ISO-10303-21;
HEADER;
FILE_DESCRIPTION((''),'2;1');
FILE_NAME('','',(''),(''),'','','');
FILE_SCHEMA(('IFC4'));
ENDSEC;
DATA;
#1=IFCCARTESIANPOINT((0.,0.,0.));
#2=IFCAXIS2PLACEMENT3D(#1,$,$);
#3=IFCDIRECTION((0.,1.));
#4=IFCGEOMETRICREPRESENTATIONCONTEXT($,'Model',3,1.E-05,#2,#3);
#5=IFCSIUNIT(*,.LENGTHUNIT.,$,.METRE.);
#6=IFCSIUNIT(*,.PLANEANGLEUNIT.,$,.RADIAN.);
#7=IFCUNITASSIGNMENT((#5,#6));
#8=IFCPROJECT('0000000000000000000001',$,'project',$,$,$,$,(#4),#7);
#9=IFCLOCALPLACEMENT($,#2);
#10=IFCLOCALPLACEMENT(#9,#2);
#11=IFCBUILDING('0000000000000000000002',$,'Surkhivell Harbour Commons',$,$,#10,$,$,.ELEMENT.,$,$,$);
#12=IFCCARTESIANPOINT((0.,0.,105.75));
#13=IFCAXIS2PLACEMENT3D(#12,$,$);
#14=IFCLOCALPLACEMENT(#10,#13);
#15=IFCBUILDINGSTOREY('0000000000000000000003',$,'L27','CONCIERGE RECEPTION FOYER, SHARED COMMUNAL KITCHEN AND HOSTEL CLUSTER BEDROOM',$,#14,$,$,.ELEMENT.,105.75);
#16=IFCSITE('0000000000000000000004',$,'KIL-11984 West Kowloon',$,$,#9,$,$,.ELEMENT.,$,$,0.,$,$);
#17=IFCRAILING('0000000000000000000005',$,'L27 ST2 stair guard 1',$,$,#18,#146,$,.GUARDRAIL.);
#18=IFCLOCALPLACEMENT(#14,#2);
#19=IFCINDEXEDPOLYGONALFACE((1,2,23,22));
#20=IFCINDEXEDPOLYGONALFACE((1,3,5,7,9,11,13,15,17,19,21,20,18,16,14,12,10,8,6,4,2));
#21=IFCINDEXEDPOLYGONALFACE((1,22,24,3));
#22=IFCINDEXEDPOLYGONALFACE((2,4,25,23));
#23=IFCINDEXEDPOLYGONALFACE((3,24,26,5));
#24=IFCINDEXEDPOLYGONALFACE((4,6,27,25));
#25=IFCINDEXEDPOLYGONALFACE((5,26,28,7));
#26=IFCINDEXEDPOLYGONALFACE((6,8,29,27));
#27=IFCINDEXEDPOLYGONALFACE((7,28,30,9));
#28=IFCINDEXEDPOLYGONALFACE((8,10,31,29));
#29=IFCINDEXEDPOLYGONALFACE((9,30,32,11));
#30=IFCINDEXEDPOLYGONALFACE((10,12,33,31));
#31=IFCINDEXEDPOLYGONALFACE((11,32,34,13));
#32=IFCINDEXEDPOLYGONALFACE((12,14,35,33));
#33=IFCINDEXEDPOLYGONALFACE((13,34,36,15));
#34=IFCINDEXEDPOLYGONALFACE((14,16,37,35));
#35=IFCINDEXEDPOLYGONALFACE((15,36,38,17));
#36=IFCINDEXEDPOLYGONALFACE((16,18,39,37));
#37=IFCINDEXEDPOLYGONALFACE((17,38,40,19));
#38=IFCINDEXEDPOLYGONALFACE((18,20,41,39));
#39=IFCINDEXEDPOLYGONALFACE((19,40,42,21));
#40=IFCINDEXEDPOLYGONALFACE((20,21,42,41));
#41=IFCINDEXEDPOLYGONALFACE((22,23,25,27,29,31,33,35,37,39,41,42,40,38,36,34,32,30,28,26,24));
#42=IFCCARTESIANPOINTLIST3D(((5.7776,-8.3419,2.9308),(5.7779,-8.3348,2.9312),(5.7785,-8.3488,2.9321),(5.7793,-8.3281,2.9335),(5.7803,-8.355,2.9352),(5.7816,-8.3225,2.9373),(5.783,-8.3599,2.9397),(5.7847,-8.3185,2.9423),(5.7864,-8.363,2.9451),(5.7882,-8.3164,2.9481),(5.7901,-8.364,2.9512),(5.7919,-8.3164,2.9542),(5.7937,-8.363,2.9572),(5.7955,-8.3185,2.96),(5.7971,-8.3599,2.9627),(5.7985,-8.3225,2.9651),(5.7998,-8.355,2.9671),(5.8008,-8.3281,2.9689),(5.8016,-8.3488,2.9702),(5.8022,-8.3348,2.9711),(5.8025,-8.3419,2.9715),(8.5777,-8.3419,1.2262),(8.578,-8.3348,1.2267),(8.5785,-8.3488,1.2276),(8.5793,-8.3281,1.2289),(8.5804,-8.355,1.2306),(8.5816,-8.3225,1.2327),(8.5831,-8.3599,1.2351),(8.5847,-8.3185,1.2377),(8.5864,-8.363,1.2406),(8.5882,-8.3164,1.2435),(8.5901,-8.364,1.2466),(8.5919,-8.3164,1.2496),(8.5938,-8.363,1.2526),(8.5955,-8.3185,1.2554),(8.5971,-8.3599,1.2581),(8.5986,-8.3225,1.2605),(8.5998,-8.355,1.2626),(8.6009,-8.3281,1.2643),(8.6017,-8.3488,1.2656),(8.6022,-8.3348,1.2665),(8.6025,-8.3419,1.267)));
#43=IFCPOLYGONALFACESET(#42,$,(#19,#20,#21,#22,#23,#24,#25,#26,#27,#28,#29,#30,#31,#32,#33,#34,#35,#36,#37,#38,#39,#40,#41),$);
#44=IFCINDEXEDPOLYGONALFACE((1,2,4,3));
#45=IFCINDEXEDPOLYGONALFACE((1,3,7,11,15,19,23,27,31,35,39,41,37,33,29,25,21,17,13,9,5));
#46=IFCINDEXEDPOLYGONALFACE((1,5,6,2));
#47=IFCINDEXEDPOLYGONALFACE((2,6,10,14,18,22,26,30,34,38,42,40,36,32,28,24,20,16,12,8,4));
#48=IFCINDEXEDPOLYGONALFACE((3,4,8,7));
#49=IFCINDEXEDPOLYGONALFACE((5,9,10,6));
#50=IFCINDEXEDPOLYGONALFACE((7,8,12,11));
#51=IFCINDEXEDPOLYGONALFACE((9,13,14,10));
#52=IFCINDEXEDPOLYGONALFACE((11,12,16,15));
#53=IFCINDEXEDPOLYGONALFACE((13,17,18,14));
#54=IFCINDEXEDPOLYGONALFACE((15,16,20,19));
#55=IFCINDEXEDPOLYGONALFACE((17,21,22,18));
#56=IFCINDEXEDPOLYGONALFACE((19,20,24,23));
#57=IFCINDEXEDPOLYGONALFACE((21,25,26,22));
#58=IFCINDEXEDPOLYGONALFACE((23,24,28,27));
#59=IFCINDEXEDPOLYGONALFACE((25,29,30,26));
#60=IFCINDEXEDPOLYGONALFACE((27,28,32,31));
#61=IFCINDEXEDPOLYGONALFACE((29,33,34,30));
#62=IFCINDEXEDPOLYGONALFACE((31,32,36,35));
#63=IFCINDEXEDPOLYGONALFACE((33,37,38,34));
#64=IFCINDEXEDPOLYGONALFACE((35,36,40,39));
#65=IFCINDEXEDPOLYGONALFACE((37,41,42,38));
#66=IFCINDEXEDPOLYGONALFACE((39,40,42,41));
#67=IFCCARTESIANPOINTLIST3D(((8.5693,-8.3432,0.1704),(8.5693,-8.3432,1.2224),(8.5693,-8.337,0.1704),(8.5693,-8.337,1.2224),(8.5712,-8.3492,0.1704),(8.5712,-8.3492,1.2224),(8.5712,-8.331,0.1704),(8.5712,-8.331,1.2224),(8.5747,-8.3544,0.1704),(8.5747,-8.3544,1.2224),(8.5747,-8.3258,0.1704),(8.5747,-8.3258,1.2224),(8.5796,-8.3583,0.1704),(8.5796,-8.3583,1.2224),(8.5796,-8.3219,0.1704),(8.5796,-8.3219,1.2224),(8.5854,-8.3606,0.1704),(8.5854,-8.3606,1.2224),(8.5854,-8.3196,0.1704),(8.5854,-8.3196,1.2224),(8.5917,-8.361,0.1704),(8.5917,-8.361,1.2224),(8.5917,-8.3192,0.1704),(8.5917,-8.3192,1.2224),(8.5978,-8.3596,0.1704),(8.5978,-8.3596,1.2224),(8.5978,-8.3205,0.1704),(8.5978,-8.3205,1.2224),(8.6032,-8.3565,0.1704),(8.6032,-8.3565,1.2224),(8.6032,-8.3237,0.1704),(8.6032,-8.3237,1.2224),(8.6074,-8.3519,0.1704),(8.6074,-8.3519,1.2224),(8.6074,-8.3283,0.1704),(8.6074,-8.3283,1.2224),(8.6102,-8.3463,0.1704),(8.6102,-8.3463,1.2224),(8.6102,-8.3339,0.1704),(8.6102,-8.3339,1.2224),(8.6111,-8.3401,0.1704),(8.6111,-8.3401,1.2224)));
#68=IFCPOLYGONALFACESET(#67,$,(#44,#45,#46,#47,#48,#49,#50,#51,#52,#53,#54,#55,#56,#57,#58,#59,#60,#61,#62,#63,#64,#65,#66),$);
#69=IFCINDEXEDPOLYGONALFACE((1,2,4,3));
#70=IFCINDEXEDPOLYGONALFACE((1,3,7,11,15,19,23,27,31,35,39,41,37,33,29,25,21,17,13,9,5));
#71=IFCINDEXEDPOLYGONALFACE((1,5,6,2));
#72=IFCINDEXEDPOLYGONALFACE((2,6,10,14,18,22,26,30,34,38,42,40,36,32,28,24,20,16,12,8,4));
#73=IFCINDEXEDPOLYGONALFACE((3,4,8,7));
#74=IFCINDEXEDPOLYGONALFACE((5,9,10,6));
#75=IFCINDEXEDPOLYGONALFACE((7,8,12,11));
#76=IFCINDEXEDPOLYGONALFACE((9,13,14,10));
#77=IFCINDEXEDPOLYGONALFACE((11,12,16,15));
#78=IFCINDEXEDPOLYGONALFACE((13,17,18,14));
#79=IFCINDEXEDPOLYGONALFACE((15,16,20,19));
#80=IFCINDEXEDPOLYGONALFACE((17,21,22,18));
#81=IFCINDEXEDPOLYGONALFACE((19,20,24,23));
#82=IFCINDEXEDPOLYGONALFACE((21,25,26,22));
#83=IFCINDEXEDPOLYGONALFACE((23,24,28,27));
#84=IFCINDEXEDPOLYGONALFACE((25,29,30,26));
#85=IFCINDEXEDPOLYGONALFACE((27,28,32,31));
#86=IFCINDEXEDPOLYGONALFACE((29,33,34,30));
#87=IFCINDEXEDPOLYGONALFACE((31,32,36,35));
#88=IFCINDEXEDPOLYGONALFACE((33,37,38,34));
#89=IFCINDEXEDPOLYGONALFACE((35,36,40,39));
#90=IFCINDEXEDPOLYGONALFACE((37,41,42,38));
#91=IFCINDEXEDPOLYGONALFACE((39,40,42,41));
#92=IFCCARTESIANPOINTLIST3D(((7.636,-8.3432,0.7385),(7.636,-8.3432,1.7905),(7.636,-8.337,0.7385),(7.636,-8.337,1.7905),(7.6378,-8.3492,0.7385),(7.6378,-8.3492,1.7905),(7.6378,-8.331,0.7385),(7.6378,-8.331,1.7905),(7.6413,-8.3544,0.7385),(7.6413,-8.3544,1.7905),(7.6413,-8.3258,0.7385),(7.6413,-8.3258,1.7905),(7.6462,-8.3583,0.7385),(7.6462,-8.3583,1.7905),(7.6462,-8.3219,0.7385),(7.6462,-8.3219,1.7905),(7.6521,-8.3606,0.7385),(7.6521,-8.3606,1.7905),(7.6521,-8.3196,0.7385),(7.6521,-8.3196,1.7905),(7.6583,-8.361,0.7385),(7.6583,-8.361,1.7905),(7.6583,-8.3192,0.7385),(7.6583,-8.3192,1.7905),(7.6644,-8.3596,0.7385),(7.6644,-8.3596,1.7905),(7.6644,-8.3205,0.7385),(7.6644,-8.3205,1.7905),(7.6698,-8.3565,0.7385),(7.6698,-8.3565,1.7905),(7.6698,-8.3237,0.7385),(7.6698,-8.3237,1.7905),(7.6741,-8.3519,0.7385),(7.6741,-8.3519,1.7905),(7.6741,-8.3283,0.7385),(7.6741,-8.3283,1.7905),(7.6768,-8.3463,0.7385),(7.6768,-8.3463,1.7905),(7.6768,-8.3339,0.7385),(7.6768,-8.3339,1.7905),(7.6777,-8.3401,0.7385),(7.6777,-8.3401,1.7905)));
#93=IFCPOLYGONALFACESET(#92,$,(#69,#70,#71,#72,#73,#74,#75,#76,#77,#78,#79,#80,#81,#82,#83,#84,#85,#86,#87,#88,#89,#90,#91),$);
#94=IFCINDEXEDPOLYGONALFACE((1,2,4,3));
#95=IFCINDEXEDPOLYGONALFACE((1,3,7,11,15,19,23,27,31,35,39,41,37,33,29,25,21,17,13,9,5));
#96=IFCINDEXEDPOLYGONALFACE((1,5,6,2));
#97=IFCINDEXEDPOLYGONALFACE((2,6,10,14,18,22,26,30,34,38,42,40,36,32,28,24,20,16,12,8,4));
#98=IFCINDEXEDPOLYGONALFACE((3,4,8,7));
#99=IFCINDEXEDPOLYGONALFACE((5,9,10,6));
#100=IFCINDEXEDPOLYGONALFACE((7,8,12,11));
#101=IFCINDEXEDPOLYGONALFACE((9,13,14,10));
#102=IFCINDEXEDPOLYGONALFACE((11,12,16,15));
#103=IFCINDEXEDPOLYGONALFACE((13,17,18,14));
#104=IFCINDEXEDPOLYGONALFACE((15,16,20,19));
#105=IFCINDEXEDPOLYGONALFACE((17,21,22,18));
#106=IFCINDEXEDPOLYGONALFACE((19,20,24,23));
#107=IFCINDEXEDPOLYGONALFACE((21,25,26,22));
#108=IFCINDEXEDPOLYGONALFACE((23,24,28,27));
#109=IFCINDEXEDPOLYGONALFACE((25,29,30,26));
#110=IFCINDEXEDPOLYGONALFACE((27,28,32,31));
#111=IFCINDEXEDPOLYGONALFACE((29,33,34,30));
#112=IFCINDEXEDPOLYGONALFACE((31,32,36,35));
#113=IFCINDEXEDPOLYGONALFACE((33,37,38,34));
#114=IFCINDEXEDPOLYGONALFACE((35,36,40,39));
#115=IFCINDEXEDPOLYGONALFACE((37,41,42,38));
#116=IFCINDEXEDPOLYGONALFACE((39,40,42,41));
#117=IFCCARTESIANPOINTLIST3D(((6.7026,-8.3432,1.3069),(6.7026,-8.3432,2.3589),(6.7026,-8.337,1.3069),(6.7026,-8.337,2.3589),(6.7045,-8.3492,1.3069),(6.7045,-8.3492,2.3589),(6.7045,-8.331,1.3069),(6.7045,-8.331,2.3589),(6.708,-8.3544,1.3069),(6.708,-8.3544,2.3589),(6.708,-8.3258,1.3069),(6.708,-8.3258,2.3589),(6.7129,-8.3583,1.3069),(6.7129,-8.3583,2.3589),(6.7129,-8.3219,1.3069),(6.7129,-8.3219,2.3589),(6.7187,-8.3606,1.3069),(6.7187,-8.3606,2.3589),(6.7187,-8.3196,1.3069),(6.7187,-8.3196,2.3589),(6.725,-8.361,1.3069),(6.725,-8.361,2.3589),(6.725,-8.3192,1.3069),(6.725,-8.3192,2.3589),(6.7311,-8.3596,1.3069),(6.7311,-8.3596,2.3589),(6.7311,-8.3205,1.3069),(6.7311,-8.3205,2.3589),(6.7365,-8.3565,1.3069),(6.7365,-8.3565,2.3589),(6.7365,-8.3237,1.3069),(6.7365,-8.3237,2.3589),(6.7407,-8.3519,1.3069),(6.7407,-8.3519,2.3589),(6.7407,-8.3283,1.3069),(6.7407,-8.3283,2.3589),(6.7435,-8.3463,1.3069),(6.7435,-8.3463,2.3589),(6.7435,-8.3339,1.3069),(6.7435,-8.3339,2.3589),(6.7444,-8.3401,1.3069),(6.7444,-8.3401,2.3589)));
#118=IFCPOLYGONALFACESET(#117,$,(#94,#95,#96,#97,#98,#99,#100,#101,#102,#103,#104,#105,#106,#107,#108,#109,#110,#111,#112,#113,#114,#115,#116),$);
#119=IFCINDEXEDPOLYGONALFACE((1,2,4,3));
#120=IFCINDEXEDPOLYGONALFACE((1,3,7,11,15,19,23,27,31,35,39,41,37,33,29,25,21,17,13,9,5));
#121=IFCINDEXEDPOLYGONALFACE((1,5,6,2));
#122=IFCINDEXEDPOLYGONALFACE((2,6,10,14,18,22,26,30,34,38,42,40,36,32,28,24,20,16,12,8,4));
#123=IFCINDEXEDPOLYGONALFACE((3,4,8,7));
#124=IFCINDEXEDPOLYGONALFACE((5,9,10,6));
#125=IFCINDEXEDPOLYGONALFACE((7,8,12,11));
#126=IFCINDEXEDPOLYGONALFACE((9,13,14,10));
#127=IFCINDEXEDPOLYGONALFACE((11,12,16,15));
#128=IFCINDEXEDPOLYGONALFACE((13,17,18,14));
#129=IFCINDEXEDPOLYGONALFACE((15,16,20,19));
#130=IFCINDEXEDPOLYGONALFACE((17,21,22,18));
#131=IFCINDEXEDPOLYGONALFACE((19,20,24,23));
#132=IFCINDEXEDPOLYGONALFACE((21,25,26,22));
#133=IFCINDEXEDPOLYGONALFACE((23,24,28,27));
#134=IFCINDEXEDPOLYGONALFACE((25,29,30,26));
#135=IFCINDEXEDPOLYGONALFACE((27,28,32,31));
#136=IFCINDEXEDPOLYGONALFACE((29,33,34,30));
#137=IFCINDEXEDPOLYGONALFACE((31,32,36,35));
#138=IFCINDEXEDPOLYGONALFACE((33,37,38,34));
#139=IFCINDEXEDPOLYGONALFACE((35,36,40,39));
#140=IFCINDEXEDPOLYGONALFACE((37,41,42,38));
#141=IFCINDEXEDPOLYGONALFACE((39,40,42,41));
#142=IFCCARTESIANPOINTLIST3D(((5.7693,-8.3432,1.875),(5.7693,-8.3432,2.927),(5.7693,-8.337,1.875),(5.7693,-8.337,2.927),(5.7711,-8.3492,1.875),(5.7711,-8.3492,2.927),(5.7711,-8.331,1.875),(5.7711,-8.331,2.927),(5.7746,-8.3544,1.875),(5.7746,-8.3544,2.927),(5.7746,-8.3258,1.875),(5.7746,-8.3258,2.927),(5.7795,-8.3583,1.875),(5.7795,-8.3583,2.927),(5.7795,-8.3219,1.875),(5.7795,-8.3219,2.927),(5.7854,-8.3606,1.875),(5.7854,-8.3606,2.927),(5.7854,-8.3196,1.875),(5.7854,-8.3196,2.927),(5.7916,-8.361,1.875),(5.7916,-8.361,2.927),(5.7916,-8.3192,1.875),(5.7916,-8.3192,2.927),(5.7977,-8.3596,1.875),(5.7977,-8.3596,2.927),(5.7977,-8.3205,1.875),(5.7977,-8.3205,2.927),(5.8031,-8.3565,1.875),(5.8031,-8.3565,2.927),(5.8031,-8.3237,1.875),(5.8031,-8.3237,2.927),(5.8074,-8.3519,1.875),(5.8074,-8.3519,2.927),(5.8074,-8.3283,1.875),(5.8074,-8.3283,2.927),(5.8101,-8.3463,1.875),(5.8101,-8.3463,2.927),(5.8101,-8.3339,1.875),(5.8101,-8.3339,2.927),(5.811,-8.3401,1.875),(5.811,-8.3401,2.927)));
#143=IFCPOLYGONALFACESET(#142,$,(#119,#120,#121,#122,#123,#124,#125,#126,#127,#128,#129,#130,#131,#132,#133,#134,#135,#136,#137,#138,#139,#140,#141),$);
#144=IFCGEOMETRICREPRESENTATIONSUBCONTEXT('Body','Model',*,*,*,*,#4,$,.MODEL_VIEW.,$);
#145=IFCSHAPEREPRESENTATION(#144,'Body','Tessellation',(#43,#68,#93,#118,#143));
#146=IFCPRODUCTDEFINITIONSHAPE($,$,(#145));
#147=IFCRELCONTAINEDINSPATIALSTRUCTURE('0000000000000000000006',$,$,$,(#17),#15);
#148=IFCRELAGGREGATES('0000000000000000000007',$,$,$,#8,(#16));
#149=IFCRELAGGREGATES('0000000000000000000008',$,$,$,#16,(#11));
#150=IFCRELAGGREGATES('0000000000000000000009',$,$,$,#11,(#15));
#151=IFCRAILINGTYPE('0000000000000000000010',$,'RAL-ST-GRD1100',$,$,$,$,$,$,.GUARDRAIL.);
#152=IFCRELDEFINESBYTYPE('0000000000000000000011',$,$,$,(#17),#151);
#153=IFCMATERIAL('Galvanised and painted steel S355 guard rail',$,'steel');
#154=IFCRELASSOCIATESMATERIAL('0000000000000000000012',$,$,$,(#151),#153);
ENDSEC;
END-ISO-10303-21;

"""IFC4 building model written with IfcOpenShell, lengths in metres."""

from ifc_helpers import new_model, si_unit, direction, frame, origin, origin_2d, place, context, subcontext, project, spatial, circle, extrude, material, type_object, element, save


model = new_model("IFC4")

# Units and contexts
model_context = context("Model", 3, precision=1e-05, world=origin(), true_north=direction((0.0, 1.0)))
body_context = subcontext(model_context, "Body", "Model", "MODEL_VIEW")
ifc_project = project(units=[si_unit("LENGTHUNIT", "METRE"), si_unit("PLANEANGLEUNIT", "RADIAN")], contexts=[model_context])

# Site, building, storey
site_placement = place(None, origin())
site = spatial("IfcSite", under=ifc_project, at=site_placement, Name="KIL-11984 West Kowloon", CompositionType="ELEMENT", RefElevation=0.0)
building_placement = place(site_placement, origin())
building = spatial("IfcBuilding", under=site, at=building_placement, Name="Surkhivell Harbour Commons", CompositionType="ELEMENT")
storey_placement = place(building_placement, frame((0.0, 0.0, 105.75)))
storey = spatial("IfcBuildingStorey", under=building, at=storey_placement, Name="L27", Description="CONCIERGE RECEPTION FOYER, SHARED COMMUNAL KITCHEN AND HOSTEL CLUSTER BEDROOM", CompositionType="ELEMENT", Elevation=105.75)

# Railing
ifc_material_1 = material(Name="Galvanised and painted steel S355 guard rail", Category="steel")
railing_type_1 = type_object("IfcRailingType", Name="RAL-ST-GRD1100", PredefinedType="GUARDRAIL", material=ifc_material_1)
railing_1_placement = place(storey_placement, frame((8.5901, -8.3401, 0.1704)))
element("IfcRailing", 1, at=railing_1_placement, inside=storey, type_object=railing_type_1, Name="L27 ST2 stair guard 1", PredefinedType="GUARDRAIL", context=body_context, shape_type="SweptSolid", body=[
    extrude(circle(Radius=0.0239, at=origin_2d()), frame((0.0, 0.0, 1.0762), z_axis=(-0.85417, 0.0, 0.519994), x_axis=(0.0, -1.0, 0.0)), (0.0, 0.0, 1.0), 3.2781),
    extrude(circle(Radius=0.021, at=origin_2d()), origin(), (0.0, 0.0, 1.0), 1.052),
    extrude(circle(Radius=0.021, at=origin_2d()), frame((-0.9333, 0.0, 0.5681)), (0.0, 0.0, 1.0), 1.052),
    extrude(circle(Radius=0.021, at=origin_2d()), frame((-1.8667, 0.0, 1.1365)), (0.0, 0.0, 1.0), 1.052),
    extrude(circle(Radius=0.021, at=origin_2d()), frame((-2.8, 0.0, 1.7046)), (0.0, 0.0, 1.0), 1.052),
])

save(model, "model.ifc")
